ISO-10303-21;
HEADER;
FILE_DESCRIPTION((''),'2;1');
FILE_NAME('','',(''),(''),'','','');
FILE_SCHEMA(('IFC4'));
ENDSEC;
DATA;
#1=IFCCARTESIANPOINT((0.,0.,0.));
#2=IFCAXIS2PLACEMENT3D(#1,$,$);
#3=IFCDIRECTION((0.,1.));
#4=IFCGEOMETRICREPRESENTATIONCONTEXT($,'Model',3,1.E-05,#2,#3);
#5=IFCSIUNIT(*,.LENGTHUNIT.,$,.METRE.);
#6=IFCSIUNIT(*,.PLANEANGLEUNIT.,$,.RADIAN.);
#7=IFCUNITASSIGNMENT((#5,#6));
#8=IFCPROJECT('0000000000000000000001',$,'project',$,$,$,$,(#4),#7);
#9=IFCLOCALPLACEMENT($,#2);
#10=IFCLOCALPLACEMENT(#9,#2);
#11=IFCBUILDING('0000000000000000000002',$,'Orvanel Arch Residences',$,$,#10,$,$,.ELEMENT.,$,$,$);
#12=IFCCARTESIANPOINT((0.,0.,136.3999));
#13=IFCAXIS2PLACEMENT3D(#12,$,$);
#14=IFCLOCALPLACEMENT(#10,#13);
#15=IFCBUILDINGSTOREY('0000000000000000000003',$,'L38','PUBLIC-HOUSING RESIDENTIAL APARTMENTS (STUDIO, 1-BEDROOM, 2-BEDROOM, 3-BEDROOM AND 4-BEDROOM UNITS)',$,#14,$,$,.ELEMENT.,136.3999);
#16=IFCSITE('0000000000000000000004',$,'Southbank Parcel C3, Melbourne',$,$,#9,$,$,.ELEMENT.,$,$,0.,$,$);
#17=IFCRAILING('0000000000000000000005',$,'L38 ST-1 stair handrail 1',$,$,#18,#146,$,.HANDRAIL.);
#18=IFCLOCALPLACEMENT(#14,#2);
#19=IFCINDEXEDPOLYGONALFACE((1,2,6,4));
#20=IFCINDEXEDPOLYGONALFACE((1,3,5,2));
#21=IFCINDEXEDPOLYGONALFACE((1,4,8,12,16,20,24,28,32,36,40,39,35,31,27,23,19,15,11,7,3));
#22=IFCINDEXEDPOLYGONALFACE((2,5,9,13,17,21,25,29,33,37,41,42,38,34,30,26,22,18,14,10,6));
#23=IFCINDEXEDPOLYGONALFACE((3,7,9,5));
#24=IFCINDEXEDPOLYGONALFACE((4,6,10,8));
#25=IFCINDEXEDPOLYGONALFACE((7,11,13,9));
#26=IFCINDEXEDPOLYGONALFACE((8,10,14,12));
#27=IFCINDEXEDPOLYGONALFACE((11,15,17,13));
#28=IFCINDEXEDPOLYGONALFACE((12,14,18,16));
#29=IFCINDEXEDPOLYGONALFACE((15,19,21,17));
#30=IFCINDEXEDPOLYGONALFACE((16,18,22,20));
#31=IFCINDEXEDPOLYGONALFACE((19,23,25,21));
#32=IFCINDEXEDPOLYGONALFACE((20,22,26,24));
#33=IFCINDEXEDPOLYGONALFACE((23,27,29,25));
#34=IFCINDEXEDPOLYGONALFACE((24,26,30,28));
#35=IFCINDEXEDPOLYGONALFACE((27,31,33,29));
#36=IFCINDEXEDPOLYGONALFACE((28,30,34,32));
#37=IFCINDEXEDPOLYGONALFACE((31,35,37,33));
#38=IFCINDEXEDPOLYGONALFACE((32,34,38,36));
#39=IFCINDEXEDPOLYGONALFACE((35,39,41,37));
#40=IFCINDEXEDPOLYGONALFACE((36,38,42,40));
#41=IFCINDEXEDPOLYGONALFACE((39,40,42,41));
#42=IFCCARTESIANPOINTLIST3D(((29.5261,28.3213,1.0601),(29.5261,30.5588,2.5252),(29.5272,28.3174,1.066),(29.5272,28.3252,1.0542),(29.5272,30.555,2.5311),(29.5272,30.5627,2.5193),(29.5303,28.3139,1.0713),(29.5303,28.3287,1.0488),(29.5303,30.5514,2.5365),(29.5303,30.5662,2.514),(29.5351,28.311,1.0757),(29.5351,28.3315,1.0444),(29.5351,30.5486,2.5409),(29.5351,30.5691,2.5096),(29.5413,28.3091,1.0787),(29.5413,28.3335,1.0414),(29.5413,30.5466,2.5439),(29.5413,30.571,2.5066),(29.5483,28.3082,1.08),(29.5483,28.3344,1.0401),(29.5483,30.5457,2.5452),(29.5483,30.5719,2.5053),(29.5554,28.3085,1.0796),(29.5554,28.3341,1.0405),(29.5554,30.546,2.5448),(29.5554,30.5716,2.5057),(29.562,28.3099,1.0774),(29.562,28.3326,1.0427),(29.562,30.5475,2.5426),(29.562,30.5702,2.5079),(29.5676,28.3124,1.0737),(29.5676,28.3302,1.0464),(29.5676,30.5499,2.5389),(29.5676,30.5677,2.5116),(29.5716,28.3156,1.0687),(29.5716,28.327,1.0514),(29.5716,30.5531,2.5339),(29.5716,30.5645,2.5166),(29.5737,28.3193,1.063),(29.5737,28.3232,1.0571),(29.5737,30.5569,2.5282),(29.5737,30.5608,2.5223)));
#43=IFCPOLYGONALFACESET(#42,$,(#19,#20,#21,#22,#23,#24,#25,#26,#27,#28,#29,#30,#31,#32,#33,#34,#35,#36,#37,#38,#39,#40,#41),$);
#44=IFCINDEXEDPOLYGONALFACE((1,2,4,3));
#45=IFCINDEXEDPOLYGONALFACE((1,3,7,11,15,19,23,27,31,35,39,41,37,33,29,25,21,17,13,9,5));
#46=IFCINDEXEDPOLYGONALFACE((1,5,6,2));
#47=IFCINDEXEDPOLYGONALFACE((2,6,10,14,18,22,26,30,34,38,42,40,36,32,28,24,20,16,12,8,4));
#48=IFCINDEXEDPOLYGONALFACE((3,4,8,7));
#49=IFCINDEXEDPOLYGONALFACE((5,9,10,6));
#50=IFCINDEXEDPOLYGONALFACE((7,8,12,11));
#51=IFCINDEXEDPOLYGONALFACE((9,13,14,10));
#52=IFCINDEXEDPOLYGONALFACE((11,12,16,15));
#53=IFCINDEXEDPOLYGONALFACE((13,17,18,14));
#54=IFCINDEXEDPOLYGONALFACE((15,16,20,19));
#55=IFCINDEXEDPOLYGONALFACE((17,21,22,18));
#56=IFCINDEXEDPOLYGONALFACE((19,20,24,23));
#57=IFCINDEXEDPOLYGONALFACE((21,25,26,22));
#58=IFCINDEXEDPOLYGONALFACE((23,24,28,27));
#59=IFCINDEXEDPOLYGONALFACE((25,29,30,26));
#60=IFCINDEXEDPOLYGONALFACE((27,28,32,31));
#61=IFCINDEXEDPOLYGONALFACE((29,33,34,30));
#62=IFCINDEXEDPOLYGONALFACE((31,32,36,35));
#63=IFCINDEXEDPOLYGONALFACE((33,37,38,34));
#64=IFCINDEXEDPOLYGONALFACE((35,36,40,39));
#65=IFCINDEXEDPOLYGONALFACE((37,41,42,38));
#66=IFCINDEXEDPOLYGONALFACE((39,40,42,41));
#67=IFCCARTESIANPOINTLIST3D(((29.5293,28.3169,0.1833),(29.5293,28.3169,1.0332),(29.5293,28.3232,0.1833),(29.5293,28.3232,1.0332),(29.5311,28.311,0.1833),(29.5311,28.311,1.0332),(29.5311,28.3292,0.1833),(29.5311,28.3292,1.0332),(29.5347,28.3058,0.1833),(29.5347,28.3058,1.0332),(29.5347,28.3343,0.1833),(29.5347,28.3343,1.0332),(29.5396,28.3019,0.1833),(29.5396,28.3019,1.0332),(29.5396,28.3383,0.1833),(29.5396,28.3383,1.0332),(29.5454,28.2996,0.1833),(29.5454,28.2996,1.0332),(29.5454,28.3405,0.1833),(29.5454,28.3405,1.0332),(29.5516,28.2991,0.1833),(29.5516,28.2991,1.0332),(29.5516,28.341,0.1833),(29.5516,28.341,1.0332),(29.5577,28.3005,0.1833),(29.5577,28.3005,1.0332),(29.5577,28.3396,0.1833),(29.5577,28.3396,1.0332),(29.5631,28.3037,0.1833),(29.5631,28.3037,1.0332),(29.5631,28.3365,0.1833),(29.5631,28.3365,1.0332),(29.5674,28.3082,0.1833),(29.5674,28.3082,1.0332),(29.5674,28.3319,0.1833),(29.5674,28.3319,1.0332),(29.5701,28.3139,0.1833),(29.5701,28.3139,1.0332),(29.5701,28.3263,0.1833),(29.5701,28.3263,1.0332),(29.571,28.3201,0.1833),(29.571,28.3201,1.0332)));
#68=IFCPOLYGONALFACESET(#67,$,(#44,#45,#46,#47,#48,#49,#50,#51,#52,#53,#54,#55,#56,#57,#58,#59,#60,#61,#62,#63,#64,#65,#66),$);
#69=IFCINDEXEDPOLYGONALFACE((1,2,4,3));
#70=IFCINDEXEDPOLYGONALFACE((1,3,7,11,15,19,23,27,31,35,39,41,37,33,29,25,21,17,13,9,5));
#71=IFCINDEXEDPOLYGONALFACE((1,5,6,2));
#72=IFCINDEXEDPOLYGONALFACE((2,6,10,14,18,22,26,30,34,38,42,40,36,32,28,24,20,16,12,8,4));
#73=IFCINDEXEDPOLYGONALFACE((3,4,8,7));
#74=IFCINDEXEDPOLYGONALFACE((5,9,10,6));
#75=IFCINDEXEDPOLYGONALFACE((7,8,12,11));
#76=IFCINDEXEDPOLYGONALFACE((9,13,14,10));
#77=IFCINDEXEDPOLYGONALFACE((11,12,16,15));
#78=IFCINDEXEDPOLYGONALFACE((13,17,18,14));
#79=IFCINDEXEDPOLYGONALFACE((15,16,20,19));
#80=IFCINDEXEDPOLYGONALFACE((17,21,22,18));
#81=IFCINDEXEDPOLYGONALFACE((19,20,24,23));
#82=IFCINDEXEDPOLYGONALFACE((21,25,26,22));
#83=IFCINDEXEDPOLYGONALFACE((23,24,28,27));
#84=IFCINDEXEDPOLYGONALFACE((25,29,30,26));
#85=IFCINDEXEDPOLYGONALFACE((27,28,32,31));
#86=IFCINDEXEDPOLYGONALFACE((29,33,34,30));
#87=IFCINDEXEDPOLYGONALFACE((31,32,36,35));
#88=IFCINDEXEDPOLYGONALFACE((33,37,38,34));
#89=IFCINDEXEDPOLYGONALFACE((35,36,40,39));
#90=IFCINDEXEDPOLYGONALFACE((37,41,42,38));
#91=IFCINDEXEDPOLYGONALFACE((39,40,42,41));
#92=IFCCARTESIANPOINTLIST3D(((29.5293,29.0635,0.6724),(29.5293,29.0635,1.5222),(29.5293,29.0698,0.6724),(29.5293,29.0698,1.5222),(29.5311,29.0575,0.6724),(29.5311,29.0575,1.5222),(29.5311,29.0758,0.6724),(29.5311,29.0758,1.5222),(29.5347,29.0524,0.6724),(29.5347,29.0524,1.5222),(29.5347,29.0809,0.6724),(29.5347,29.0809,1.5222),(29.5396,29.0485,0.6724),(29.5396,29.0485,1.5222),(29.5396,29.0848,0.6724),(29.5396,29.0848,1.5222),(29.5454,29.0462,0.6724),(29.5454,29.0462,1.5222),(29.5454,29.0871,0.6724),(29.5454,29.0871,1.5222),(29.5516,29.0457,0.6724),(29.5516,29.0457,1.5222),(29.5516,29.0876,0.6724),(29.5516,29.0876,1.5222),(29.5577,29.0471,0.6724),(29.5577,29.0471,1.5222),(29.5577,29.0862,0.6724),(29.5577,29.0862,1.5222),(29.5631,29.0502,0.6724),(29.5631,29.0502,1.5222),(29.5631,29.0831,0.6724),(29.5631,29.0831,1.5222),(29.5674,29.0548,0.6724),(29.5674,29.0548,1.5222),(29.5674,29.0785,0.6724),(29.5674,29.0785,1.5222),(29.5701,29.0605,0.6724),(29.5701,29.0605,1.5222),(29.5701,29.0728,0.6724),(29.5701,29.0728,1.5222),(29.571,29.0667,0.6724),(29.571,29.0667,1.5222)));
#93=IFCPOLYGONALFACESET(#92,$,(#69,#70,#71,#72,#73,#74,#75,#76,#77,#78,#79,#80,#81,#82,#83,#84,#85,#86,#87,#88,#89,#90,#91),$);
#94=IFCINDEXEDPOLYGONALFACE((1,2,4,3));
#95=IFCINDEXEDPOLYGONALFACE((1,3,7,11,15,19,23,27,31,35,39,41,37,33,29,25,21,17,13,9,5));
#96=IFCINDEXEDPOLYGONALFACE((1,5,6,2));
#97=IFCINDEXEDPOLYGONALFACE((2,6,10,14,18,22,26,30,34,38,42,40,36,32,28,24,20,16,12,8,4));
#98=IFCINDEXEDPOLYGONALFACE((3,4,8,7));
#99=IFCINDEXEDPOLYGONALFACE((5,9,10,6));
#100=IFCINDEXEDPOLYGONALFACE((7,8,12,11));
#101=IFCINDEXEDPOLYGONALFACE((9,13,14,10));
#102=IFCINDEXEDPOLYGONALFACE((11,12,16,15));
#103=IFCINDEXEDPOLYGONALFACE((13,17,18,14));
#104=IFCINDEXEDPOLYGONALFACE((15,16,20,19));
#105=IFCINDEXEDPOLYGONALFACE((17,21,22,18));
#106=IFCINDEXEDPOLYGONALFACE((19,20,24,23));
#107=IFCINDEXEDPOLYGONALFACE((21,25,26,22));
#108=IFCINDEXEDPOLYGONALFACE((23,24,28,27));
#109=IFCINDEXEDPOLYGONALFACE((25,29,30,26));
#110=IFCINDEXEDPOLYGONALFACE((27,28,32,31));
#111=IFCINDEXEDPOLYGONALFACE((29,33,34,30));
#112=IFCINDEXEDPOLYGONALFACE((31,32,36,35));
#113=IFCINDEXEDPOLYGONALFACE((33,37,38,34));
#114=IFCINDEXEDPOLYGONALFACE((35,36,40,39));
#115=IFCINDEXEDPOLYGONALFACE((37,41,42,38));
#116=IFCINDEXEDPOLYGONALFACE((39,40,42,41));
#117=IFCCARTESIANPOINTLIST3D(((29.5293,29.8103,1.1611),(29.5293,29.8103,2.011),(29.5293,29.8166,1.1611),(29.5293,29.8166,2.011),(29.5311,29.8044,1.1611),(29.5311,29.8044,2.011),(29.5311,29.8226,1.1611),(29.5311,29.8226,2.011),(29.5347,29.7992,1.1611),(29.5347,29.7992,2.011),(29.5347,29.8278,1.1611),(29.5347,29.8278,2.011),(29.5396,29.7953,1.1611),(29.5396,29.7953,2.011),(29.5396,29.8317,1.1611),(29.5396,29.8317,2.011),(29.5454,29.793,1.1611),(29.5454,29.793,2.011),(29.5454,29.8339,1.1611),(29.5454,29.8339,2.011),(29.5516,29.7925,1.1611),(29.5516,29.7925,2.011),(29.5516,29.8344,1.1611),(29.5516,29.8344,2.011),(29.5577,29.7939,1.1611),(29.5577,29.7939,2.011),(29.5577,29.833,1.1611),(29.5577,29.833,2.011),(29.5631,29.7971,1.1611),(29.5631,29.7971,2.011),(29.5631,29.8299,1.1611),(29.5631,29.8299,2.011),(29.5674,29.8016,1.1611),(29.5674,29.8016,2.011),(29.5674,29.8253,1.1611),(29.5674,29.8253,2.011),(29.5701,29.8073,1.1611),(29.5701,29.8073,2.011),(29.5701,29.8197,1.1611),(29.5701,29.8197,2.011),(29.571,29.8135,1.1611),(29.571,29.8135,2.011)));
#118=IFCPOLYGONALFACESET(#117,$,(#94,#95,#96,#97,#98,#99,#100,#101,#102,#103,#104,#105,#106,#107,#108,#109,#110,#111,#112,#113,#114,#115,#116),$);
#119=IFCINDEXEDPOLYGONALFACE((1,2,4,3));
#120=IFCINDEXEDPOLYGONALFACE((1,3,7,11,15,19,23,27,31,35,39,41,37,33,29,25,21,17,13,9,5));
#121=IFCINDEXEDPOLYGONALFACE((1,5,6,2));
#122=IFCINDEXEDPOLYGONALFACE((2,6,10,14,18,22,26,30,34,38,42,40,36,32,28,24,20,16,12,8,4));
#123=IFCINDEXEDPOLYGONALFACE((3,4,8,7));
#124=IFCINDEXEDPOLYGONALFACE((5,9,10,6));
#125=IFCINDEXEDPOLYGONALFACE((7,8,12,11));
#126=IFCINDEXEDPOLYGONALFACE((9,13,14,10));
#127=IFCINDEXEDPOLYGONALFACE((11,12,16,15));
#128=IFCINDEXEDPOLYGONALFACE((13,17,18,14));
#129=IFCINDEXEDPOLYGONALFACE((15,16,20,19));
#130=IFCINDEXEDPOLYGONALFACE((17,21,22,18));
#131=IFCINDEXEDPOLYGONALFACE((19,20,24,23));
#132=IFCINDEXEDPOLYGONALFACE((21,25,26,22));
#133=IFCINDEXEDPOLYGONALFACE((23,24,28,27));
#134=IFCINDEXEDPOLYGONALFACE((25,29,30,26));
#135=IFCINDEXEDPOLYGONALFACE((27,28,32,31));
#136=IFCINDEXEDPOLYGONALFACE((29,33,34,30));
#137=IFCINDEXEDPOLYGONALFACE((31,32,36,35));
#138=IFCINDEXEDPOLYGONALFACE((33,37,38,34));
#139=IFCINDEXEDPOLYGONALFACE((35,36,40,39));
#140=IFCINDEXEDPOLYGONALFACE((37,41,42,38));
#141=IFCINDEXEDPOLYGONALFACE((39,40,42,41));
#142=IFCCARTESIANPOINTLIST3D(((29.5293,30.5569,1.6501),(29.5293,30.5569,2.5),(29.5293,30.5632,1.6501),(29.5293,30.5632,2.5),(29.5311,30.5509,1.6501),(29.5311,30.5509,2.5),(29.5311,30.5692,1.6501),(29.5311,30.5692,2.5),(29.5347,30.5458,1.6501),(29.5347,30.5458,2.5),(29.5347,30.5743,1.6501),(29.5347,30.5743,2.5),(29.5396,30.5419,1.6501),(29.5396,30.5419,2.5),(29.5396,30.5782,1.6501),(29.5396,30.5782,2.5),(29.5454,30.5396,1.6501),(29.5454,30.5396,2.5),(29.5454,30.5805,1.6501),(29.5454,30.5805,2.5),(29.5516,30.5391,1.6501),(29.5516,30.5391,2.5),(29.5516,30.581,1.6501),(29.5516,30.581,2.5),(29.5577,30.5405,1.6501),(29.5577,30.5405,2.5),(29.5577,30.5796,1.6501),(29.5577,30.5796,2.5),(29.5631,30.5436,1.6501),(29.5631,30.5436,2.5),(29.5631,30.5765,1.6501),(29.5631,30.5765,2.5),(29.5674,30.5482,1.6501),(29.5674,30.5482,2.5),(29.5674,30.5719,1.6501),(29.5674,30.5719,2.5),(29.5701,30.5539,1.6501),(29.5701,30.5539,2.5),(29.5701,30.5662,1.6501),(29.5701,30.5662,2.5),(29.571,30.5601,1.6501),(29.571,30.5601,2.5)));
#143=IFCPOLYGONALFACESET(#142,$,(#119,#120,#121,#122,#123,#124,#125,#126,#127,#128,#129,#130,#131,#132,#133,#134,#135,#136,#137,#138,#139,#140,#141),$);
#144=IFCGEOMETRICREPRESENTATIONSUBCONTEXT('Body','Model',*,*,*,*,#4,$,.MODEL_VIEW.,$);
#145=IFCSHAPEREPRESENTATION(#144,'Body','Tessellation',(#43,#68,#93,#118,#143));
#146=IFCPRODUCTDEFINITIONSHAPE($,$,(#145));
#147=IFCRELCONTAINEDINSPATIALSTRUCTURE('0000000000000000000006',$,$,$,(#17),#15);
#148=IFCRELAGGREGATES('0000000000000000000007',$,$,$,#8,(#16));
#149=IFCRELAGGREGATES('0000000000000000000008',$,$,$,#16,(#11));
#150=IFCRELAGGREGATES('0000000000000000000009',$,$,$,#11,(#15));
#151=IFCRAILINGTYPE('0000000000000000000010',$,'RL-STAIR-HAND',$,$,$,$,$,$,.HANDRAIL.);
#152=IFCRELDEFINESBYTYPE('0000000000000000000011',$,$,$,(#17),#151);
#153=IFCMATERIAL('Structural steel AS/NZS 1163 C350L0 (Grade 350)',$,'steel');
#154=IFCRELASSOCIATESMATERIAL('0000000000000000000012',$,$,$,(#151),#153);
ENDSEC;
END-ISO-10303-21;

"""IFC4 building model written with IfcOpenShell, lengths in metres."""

from ifc_helpers import new_model, si_unit, direction, frame, origin, origin_2d, place, context, subcontext, project, spatial, circle, extrude, material, type_object, element, save


model = new_model("IFC4")

# Units and contexts
model_context = context("Model", 3, precision=1e-05, world=origin(), true_north=direction((0.0, 1.0)))
body_context = subcontext(model_context, "Body", "Model", "MODEL_VIEW")
ifc_project = project(units=[si_unit("LENGTHUNIT", "METRE"), si_unit("PLANEANGLEUNIT", "RADIAN")], contexts=[model_context])

# Site, building, storey
site_placement = place(None, origin())
site = spatial("IfcSite", under=ifc_project, at=site_placement, Name="Southbank Parcel C3, Melbourne", CompositionType="ELEMENT", RefElevation=0.0)
building_placement = place(site_placement, origin())
building = spatial("IfcBuilding", under=site, at=building_placement, Name="Orvanel Arch Residences", CompositionType="ELEMENT")
storey_placement = place(building_placement, frame((0.0, 0.0, 136.3999)))
storey = spatial("IfcBuildingStorey", under=building, at=storey_placement, Name="L38", Description="PUBLIC-HOUSING RESIDENTIAL APARTMENTS (STUDIO, 1-BEDROOM, 2-BEDROOM, 3-BEDROOM AND 4-BEDROOM UNITS)", CompositionType="ELEMENT", Elevation=136.3999)

# Railing
ifc_material_1 = material(Name="Structural steel AS/NZS 1163 C350L0 (Grade 350)", Category="steel")
railing_type_1 = type_object("IfcRailingType", Name="RL-STAIR-HAND", PredefinedType="HANDRAIL", material=ifc_material_1)
railing_1_placement = place(storey_placement, frame((29.55, 28.3201, 0.1833)))
element("IfcRailing", 1, at=railing_1_placement, inside=storey, type_object=railing_type_1, Name="L38 ST-1 stair handrail 1", PredefinedType="HANDRAIL", context=body_context, shape_type="SweptSolid", body=[
    extrude(circle(Radius=0.0239, at=origin_2d()), frame((0.0, 0.0012, 0.8767), z_axis=(0.0, 0.836595, 0.547822), x_axis=(-1.0, 0.0, 0.0)), (0.0, 0.0, 1.0), 2.6746),
    extrude(circle(Radius=0.021, at=origin_2d()), origin(), (0.0, 0.0, 1.0), 0.8499),
    extrude(circle(Radius=0.021, at=origin_2d()), frame((0.0, 0.7466, 0.489)), (0.0, 0.0, 1.0), 0.8499),
    extrude(circle(Radius=0.021, at=origin_2d()), frame((0.0, 1.4934, 0.9778)), (0.0, 0.0, 1.0), 0.8499),
    extrude(circle(Radius=0.021, at=origin_2d()), frame((0.0, 2.24, 1.4668)), (0.0, 0.0, 1.0), 0.8499),
])

save(model, "model.ifc")
